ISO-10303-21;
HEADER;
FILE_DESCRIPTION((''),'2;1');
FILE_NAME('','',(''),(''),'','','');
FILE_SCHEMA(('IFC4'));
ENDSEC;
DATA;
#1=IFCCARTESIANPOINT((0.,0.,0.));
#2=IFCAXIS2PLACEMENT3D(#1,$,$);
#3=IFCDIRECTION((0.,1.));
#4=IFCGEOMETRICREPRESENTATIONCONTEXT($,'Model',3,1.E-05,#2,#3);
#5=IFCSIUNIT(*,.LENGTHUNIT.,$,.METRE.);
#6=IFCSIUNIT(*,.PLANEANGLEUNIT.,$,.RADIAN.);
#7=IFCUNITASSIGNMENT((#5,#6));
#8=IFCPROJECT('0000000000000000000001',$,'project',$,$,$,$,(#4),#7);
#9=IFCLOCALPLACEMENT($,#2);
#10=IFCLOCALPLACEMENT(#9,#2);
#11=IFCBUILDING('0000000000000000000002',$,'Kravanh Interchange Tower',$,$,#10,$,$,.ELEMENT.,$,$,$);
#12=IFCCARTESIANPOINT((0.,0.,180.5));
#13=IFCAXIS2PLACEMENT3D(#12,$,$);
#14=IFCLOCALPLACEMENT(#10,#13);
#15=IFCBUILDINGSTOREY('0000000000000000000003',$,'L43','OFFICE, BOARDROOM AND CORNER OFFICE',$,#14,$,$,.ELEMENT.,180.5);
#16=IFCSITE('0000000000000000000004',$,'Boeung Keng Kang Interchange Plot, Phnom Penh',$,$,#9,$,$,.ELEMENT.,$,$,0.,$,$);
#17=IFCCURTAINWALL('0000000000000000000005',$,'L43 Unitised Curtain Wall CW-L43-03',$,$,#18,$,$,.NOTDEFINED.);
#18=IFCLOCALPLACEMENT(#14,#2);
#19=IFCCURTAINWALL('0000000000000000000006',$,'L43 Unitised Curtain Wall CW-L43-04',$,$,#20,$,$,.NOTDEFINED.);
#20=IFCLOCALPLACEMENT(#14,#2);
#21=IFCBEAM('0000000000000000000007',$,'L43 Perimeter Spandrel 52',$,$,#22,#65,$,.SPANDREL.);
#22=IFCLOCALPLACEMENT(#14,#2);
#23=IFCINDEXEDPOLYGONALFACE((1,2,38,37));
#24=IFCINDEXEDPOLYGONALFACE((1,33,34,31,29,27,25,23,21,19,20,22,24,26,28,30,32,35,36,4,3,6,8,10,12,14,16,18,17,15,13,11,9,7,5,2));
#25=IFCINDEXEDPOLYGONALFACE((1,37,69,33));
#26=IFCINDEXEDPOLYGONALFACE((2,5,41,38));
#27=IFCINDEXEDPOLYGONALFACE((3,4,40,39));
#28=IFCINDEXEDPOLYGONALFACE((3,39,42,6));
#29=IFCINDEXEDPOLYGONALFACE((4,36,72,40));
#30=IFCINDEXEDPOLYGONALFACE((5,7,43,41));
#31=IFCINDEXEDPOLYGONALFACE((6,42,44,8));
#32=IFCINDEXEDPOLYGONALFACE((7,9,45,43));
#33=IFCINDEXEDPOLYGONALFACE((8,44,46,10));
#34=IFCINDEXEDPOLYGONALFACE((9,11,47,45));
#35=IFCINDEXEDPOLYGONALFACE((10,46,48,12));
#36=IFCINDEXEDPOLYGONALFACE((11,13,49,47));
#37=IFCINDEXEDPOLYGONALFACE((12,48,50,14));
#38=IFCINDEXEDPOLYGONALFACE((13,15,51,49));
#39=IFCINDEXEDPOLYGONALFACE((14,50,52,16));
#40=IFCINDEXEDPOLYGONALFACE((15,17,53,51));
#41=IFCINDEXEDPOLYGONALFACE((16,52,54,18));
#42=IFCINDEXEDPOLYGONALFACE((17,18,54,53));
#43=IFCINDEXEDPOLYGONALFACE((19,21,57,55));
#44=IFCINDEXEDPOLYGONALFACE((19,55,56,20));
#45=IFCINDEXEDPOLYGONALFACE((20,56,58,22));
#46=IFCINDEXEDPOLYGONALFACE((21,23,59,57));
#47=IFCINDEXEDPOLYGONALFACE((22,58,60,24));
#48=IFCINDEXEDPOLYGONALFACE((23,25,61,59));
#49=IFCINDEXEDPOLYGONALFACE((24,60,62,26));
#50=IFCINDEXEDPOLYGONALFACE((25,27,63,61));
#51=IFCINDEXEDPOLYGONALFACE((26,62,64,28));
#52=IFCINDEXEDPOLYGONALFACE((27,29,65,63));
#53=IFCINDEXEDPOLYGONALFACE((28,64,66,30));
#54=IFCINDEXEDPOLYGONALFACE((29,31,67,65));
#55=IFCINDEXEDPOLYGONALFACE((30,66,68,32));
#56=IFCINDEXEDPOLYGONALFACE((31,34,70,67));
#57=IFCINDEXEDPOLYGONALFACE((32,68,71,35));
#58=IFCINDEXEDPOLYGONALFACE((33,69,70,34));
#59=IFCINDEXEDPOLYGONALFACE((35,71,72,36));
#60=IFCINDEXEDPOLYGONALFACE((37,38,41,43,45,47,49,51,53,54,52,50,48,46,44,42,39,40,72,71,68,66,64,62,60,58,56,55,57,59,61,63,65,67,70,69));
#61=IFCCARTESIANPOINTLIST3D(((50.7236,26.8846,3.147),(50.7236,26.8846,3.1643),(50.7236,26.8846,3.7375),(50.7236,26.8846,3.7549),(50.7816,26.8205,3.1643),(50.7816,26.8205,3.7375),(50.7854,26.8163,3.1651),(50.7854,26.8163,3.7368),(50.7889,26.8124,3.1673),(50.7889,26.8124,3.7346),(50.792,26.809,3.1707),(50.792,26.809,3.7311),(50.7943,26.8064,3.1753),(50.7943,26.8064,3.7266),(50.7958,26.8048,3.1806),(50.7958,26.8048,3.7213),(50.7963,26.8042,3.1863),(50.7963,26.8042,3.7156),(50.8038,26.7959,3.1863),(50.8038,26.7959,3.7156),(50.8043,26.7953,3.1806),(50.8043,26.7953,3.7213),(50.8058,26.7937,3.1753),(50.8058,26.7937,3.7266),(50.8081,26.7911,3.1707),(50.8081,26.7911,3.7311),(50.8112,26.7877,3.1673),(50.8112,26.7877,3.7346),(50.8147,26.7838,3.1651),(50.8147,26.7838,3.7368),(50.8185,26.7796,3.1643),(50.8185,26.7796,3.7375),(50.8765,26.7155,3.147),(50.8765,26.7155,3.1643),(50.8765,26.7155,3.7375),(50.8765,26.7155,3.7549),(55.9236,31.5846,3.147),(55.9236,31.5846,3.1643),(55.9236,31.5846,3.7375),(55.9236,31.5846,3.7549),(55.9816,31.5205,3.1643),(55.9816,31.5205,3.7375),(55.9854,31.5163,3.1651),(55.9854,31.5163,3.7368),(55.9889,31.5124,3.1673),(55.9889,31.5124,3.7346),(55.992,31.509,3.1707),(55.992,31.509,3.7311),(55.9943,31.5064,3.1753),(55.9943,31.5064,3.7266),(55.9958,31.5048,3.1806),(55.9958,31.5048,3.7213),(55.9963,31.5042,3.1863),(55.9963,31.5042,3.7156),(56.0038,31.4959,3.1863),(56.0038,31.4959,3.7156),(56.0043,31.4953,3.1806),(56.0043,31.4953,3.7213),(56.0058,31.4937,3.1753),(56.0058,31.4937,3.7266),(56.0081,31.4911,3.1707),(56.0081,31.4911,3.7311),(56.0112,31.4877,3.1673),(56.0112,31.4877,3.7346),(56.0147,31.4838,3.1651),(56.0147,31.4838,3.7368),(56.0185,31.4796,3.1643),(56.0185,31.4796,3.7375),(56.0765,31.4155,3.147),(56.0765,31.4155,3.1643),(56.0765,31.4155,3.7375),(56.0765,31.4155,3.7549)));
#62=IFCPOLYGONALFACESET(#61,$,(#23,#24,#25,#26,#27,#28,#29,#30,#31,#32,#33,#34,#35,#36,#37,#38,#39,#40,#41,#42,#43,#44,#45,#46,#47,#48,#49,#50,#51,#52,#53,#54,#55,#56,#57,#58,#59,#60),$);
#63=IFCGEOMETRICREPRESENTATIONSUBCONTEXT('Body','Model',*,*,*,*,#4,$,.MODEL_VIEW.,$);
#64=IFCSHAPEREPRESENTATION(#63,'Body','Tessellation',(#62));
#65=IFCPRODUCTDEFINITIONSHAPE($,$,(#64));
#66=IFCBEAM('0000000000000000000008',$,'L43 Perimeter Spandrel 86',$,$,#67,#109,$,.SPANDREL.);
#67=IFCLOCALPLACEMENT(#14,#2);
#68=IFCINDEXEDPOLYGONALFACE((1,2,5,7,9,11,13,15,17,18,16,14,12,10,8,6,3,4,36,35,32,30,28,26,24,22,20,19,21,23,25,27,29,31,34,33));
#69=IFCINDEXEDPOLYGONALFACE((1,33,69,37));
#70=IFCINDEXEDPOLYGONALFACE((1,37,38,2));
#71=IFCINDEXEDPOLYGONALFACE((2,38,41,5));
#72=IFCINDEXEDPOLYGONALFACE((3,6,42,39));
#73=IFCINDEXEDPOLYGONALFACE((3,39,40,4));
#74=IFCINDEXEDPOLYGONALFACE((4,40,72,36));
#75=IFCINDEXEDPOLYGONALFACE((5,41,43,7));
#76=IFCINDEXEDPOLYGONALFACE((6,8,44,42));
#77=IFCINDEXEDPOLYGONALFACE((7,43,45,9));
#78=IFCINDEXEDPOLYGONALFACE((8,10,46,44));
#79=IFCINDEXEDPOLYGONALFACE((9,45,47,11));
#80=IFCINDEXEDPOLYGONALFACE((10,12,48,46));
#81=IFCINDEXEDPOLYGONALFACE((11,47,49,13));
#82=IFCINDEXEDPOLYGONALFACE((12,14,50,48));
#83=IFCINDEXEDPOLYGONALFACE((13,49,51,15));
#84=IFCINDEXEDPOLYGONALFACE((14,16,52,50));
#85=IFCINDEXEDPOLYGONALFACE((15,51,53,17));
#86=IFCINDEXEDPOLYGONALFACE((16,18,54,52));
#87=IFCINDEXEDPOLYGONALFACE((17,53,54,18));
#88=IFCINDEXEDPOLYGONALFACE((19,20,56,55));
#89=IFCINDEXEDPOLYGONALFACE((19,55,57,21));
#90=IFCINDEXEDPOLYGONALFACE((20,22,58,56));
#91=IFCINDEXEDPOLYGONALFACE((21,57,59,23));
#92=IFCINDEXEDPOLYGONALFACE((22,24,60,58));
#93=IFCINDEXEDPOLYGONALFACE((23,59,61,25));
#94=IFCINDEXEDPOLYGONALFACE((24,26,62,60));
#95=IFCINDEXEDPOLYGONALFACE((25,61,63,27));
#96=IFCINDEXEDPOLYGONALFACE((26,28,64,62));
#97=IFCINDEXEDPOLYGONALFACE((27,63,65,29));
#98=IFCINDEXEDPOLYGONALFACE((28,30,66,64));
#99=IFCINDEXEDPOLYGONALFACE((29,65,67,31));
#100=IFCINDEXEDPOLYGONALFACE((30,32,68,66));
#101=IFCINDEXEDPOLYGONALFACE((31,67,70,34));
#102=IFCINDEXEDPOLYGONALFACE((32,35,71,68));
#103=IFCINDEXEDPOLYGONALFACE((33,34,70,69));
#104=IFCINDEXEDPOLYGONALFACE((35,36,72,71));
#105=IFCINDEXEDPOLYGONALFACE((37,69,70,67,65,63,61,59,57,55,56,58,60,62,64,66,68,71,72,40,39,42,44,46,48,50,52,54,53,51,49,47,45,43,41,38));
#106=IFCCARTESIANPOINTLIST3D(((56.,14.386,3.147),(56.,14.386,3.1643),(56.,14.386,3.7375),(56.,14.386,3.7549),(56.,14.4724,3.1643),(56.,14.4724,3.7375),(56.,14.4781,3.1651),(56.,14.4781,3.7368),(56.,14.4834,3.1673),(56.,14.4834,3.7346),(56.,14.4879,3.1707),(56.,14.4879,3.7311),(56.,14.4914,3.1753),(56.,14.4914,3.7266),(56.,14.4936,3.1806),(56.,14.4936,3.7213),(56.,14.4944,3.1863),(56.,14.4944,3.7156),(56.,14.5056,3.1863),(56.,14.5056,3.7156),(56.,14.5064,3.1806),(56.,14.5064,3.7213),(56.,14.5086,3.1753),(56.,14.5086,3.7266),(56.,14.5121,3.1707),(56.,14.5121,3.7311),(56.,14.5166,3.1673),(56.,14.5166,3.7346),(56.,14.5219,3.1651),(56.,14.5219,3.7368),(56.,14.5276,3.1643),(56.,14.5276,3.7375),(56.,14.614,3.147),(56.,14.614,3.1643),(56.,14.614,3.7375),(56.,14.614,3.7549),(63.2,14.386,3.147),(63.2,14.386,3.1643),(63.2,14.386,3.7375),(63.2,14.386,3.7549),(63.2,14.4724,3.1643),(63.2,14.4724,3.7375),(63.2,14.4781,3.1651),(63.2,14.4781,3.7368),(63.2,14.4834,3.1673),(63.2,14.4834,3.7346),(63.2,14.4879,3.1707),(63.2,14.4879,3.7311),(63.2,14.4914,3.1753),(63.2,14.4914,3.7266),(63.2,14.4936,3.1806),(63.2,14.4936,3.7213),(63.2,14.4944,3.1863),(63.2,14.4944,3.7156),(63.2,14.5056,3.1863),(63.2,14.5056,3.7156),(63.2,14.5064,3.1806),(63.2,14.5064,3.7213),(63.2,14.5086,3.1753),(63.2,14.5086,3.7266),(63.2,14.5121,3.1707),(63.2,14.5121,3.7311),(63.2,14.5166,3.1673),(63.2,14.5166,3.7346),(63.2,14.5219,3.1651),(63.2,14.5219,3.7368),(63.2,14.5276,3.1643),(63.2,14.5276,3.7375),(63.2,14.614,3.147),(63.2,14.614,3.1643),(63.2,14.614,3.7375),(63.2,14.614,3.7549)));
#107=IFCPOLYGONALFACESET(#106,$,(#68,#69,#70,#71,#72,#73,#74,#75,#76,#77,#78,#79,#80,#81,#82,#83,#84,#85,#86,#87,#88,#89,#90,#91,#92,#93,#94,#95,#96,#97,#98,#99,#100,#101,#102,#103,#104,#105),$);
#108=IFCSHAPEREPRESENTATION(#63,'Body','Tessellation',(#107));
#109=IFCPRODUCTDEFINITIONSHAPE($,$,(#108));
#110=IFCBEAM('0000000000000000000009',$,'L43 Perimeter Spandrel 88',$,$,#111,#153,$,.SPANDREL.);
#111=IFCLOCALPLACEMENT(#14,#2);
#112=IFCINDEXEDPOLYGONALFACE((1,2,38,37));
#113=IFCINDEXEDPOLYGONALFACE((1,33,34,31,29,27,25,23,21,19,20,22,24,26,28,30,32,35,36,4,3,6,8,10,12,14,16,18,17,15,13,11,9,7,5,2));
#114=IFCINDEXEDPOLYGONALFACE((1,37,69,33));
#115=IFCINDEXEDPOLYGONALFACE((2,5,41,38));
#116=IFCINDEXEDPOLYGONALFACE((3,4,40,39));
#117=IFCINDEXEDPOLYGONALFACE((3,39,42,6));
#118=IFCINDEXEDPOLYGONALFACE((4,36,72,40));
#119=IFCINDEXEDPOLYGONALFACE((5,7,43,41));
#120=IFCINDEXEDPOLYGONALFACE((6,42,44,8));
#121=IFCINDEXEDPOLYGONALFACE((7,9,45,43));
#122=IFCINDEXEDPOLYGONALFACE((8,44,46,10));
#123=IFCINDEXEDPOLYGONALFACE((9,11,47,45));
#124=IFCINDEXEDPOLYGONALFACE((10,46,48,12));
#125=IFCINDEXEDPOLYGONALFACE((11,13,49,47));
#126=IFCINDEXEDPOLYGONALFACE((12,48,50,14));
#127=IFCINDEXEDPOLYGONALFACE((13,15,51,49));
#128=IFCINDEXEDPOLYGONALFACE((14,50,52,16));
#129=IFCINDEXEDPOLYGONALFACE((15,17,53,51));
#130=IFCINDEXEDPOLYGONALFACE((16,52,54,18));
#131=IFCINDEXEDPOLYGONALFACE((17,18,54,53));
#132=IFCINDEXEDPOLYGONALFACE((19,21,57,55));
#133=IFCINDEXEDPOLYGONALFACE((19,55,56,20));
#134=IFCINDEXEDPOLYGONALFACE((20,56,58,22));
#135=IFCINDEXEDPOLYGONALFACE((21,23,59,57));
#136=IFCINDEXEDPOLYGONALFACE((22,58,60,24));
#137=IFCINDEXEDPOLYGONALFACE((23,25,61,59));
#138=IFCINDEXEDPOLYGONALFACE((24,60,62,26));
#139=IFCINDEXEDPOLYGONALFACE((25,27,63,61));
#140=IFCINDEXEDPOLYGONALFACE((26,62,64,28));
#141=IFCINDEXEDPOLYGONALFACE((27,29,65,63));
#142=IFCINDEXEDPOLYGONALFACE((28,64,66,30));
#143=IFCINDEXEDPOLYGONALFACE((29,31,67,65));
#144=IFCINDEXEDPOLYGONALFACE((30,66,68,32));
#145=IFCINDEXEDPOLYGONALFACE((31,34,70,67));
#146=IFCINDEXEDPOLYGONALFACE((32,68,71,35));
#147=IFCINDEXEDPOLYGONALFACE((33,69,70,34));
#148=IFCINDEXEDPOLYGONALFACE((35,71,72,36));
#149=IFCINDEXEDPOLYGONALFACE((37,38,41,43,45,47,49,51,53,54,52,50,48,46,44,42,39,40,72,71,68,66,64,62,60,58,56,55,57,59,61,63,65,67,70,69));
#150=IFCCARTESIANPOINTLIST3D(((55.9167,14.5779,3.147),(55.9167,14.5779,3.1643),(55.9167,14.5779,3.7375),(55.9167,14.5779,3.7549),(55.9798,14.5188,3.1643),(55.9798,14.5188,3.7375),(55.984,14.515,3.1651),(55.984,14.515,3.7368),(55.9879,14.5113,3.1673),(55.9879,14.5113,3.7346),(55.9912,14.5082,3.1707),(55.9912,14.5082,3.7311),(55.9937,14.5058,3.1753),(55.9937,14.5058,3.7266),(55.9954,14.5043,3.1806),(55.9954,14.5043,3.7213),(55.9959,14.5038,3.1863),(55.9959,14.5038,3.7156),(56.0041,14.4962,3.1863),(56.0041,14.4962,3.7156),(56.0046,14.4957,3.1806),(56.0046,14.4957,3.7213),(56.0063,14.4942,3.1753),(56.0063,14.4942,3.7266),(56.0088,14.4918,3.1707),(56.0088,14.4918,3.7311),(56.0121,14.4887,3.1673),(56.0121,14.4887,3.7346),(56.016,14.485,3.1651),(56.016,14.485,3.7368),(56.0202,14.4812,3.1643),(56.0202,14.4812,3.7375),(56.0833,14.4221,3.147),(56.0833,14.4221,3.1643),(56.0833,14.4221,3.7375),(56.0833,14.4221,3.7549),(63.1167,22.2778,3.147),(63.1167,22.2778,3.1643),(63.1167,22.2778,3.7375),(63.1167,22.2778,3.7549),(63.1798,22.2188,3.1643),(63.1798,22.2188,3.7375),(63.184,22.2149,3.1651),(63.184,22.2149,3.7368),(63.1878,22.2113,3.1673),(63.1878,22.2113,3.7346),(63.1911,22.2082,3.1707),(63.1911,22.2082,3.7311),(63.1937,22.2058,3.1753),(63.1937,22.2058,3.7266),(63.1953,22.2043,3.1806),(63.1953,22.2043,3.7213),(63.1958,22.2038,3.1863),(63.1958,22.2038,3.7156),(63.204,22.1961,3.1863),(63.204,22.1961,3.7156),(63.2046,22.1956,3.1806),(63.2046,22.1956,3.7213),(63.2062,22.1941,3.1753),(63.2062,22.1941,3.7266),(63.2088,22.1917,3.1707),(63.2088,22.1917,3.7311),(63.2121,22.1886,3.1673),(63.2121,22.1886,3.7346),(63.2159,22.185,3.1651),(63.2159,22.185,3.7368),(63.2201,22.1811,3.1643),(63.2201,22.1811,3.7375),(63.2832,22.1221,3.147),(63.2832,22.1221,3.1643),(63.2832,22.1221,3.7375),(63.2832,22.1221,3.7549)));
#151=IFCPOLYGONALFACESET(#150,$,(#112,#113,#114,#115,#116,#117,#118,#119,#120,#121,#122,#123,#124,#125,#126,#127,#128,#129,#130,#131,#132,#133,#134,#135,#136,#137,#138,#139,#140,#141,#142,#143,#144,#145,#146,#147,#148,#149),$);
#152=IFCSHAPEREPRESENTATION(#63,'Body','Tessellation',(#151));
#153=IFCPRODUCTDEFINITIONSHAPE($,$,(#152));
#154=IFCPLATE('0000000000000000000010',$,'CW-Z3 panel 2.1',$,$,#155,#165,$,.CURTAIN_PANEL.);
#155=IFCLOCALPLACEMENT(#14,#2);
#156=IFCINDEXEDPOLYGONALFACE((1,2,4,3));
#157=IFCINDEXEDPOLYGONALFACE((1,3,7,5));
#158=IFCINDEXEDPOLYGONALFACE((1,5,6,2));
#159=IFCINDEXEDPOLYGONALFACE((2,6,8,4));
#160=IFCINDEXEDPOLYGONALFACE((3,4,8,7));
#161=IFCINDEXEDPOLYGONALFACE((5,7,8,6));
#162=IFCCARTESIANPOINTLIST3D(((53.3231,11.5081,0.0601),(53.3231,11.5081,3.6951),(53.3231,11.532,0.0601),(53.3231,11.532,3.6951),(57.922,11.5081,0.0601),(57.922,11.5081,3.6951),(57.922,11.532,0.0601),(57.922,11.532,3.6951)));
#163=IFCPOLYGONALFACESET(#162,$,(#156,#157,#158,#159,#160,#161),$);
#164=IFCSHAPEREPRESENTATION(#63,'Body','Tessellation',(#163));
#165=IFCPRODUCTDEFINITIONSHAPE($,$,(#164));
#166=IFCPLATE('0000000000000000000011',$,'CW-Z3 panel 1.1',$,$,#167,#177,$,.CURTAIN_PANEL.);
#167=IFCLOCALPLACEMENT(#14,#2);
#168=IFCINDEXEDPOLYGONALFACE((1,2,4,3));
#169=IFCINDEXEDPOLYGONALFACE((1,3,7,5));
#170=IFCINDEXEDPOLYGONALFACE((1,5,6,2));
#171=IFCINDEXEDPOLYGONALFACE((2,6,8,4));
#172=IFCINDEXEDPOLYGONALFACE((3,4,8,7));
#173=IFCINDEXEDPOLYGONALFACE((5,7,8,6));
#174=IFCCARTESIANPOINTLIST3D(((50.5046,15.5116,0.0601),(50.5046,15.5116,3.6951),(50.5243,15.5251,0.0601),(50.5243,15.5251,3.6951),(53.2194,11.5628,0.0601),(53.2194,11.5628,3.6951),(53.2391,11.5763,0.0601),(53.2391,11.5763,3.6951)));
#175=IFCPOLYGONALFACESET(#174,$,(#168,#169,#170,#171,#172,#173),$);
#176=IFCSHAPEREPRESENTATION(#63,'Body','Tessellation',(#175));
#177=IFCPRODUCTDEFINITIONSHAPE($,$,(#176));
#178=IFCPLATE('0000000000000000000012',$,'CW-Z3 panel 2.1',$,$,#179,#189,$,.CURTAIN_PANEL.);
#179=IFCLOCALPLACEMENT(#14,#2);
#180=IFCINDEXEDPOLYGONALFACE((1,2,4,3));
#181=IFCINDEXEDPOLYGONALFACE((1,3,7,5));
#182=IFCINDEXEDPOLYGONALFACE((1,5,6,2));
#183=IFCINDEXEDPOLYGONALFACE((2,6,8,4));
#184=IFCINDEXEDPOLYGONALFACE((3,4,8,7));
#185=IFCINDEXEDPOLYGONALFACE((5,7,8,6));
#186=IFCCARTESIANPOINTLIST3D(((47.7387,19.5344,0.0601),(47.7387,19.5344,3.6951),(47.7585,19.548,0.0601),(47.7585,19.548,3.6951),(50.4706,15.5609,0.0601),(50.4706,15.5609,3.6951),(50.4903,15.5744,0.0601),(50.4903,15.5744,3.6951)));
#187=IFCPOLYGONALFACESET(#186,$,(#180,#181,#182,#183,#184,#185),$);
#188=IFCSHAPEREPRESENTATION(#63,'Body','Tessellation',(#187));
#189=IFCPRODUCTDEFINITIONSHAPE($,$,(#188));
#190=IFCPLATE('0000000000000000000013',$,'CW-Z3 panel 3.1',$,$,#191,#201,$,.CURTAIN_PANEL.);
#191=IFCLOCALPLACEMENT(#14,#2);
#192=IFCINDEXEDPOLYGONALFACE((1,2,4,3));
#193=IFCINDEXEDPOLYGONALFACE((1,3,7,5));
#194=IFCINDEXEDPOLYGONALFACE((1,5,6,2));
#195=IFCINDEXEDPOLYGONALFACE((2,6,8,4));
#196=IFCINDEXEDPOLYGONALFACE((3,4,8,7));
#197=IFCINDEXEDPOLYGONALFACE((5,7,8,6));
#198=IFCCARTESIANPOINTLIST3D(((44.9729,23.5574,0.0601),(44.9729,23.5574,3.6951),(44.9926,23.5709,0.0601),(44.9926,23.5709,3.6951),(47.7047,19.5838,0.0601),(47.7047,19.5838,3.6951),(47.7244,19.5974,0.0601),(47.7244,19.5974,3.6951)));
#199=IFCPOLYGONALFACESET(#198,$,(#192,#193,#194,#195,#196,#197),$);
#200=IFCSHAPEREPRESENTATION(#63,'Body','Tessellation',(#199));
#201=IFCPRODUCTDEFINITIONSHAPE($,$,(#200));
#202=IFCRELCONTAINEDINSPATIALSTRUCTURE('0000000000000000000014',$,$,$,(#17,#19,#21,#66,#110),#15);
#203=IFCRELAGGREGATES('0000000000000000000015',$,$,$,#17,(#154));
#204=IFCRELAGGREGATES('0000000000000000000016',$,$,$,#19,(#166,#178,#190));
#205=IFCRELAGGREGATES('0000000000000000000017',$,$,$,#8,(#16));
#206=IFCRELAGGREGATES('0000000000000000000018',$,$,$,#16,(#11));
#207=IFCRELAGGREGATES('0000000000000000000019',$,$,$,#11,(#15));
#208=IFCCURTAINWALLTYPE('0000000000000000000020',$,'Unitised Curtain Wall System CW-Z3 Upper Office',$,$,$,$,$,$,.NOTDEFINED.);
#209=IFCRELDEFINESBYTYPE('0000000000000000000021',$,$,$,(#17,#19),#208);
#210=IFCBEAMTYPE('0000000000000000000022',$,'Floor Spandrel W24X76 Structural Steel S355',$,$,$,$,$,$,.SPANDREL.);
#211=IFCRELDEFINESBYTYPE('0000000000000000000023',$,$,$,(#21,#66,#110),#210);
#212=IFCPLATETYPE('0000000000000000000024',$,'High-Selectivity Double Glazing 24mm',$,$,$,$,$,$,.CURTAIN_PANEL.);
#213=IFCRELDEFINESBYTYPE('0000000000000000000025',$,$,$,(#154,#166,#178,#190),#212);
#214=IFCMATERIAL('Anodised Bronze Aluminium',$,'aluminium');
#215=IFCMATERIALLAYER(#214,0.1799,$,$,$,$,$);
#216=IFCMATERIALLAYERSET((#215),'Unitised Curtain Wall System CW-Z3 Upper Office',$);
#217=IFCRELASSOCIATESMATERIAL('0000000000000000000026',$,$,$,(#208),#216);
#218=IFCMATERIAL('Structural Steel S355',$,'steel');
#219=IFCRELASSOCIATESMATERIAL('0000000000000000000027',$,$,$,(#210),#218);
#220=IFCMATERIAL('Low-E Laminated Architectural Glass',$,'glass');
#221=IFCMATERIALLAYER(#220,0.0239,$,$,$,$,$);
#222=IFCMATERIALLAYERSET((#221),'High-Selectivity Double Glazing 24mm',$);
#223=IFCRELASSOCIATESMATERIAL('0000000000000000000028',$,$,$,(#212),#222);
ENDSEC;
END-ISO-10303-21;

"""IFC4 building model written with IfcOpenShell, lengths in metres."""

from ifc_helpers import new_model, si_unit, direction, frame, origin, origin_2d, place, context, subcontext, project, spatial, rectangle, i_section, extrude, material, layer, layer_set, material_profile, profile_set, type_object, element, aggregate, save


model = new_model("IFC4")

# Units and contexts
model_context = context("Model", 3, precision=1e-05, world=origin(), true_north=direction((0.0, 1.0)))
body_context = subcontext(model_context, "Body", "Model", "MODEL_VIEW")
ifc_project = project(units=[si_unit("LENGTHUNIT", "METRE"), si_unit("PLANEANGLEUNIT", "RADIAN")], contexts=[model_context])

# Site, building, storey
site_placement = place(None, origin())
site = spatial("IfcSite", under=ifc_project, at=site_placement, Name="Boeung Keng Kang Interchange Plot, Phnom Penh", CompositionType="ELEMENT", RefElevation=0.0)
building_placement = place(site_placement, origin())
building = spatial("IfcBuilding", under=site, at=building_placement, Name="Kravanh Interchange Tower", CompositionType="ELEMENT")
storey_placement = place(building_placement, frame((0.0, 0.0, 180.5)))
storey = spatial("IfcBuildingStorey", under=building, at=storey_placement, Name="L43", Description="OFFICE, BOARDROOM AND CORNER OFFICE", CompositionType="ELEMENT", Elevation=180.5)

# Curtain wall
ifc_material_1 = material(Name="Anodised Bronze Aluminium", Category="aluminium")
ifc_layer_1 = layer(ifc_material_1, 0.1799)
ifc_layer_set_1 = layer_set([ifc_layer_1], Name="Unitised Curtain Wall System CW-Z3 Upper Office")
curtain_wall_type = type_object("IfcCurtainWallType", Name="Unitised Curtain Wall System CW-Z3 Upper Office", PredefinedType="NOTDEFINED", material=ifc_layer_set_1)
curtain_wall_1_placement = place(storey_placement, origin())
curtain_wall_1 = element("IfcCurtainWall", 1, at=curtain_wall_1_placement, inside=storey, type_object=curtain_wall_type, Name="L43 Unitised Curtain Wall CW-L43-03", PredefinedType="NOTDEFINED")

# Curtain wall
curtain_wall_2_placement = place(storey_placement, origin())
curtain_wall_2 = element("IfcCurtainWall", 2, at=curtain_wall_2_placement, inside=storey, type_object=curtain_wall_type, Name="L43 Unitised Curtain Wall CW-L43-04", PredefinedType="NOTDEFINED")

# Beams
ifc_material_2 = material(Name="Structural Steel S355", Category="steel")
ifc_material_profile_1 = material_profile(ifc_material_2, i_section(OverallWidth=0.228, OverallDepth=0.6079, WebThickness=0.0112, FlangeThickness=0.0173, FilletRadius=0.022, at=origin_2d()), Name="W24X76")
ifc_profile_set_1 = profile_set([ifc_material_profile_1], Name="Structural Steel S355")
beam_type_1 = type_object("IfcBeamType", Name="Floor Spandrel W24X76 Structural Steel S355", PredefinedType="SPANDREL", material=ifc_profile_set_1)
beam_1_placement = place(storey_placement, frame((50.8, 26.8, 3.4509), z_axis=(0.741874, 0.670539, 0.0), x_axis=(-0.670539, 0.741874, 0.0)))
element("IfcBeam", 3, at=beam_1_placement, inside=storey, type_object=beam_type_1, Name="L43 Perimeter Spandrel 52", PredefinedType="SPANDREL", context=body_context, shape_type="SweptSolid", body=[
    extrude(i_section(OverallWidth=0.228, OverallDepth=0.6079, WebThickness=0.0112, FlangeThickness=0.0173, FilletRadius=0.022, at=origin_2d()), origin(), (0.0, 0.0, 1.0), 7.0093),
])
beam_2_placement = place(storey_placement, frame((56.0, 14.5, 3.4509), z_axis=(1.0, 0.0, 0.0), x_axis=(0.0, 1.0, 0.0)))
element("IfcBeam", 4, at=beam_2_placement, inside=storey, type_object=beam_type_1, Name="L43 Perimeter Spandrel 86", PredefinedType="SPANDREL", context=body_context, shape_type="SweptSolid", body=[
    extrude(i_section(OverallWidth=0.228, OverallDepth=0.6079, WebThickness=0.0112, FlangeThickness=0.0173, FilletRadius=0.022, at=origin_2d()), origin(), (0.0, 0.0, 1.0), 7.2),
])
beam_3_placement = place(storey_placement, frame((56.0, 14.5, 3.4509), z_axis=(0.682994, 0.730424, 0.0), x_axis=(-0.730424, 0.682994, 0.0)))
element("IfcBeam", 5, at=beam_3_placement, inside=storey, type_object=beam_type_1, Name="L43 Perimeter Spandrel 88", PredefinedType="SPANDREL", context=body_context, shape_type="SweptSolid", body=[
    extrude(i_section(OverallWidth=0.228, OverallDepth=0.6079, WebThickness=0.0112, FlangeThickness=0.0173, FilletRadius=0.022, at=origin_2d()), origin(), (0.0, 0.0, 1.0), 10.5417),
])

# Plates
ifc_material_3 = material(Name="Low-E Laminated Architectural Glass", Category="glass")
ifc_layer_2 = layer(ifc_material_3, 0.0239)
ifc_layer_set_2 = layer_set([ifc_layer_2], Name="High-Selectivity Double Glazing 24mm")
plate_type = type_object("IfcPlateType", Name="High-Selectivity Double Glazing 24mm", PredefinedType="CURTAIN_PANEL", material=ifc_layer_set_2)
plate_1_placement = place(storey_placement, frame((55.6226, 11.52, 0.0601), z_axis=(0.0, 0.0, 1.0), x_axis=(-1.0, 0.0, 0.0)))
plate_1 = element("IfcPlate", 6, at=plate_1_placement, type_object=plate_type, Name="CW-Z3 panel 2.1", PredefinedType="CURTAIN_PANEL", context=body_context, shape_type="SweptSolid", body=[
    extrude(rectangle(XDim=4.5989, YDim=0.0239, at=origin_2d()), origin(), (0.0, 0.0, 1.0), 3.635),
])
aggregate(curtain_wall_1, [plate_1])
plate_2_placement = place(storey_placement, frame((51.8718, 13.5439, 0.0601), z_axis=(0.0, 0.0, 1.0), x_axis=(-0.566528, 0.824042, 0.0)))
plate_2 = element("IfcPlate", 7, at=plate_2_placement, type_object=plate_type, Name="CW-Z3 panel 1.1", PredefinedType="CURTAIN_PANEL", context=body_context, shape_type="SweptSolid", body=[
    extrude(rectangle(XDim=4.792, YDim=0.0239, at=origin_2d()), origin(), (0.0, 0.0, 1.0), 3.635),
])
plate_3_placement = place(storey_placement, frame((49.1145, 17.5544, 0.0601), z_axis=(0.0, 0.0, 1.0), x_axis=(-0.566528, 0.824042, 0.0)))
plate_3 = element("IfcPlate", 8, at=plate_3_placement, type_object=plate_type, Name="CW-Z3 panel 2.1", PredefinedType="CURTAIN_PANEL", context=body_context, shape_type="SweptSolid", body=[
    extrude(rectangle(XDim=4.822, YDim=0.0239, at=origin_2d()), origin(), (0.0, 0.0, 1.0), 3.635),
])
plate_4_placement = place(storey_placement, frame((46.3486, 21.5774, 0.0601), z_axis=(0.0, 0.0, 1.0), x_axis=(-0.566528, 0.824042, 0.0)))
plate_4 = element("IfcPlate", 9, at=plate_4_placement, type_object=plate_type, Name="CW-Z3 panel 3.1", PredefinedType="CURTAIN_PANEL", context=body_context, shape_type="SweptSolid", body=[
    extrude(rectangle(XDim=4.822, YDim=0.0239, at=origin_2d()), origin(), (0.0, 0.0, 1.0), 3.635),
])
aggregate(curtain_wall_2, [plate_2, plate_3, plate_4])

save(model, "model.ifc")
